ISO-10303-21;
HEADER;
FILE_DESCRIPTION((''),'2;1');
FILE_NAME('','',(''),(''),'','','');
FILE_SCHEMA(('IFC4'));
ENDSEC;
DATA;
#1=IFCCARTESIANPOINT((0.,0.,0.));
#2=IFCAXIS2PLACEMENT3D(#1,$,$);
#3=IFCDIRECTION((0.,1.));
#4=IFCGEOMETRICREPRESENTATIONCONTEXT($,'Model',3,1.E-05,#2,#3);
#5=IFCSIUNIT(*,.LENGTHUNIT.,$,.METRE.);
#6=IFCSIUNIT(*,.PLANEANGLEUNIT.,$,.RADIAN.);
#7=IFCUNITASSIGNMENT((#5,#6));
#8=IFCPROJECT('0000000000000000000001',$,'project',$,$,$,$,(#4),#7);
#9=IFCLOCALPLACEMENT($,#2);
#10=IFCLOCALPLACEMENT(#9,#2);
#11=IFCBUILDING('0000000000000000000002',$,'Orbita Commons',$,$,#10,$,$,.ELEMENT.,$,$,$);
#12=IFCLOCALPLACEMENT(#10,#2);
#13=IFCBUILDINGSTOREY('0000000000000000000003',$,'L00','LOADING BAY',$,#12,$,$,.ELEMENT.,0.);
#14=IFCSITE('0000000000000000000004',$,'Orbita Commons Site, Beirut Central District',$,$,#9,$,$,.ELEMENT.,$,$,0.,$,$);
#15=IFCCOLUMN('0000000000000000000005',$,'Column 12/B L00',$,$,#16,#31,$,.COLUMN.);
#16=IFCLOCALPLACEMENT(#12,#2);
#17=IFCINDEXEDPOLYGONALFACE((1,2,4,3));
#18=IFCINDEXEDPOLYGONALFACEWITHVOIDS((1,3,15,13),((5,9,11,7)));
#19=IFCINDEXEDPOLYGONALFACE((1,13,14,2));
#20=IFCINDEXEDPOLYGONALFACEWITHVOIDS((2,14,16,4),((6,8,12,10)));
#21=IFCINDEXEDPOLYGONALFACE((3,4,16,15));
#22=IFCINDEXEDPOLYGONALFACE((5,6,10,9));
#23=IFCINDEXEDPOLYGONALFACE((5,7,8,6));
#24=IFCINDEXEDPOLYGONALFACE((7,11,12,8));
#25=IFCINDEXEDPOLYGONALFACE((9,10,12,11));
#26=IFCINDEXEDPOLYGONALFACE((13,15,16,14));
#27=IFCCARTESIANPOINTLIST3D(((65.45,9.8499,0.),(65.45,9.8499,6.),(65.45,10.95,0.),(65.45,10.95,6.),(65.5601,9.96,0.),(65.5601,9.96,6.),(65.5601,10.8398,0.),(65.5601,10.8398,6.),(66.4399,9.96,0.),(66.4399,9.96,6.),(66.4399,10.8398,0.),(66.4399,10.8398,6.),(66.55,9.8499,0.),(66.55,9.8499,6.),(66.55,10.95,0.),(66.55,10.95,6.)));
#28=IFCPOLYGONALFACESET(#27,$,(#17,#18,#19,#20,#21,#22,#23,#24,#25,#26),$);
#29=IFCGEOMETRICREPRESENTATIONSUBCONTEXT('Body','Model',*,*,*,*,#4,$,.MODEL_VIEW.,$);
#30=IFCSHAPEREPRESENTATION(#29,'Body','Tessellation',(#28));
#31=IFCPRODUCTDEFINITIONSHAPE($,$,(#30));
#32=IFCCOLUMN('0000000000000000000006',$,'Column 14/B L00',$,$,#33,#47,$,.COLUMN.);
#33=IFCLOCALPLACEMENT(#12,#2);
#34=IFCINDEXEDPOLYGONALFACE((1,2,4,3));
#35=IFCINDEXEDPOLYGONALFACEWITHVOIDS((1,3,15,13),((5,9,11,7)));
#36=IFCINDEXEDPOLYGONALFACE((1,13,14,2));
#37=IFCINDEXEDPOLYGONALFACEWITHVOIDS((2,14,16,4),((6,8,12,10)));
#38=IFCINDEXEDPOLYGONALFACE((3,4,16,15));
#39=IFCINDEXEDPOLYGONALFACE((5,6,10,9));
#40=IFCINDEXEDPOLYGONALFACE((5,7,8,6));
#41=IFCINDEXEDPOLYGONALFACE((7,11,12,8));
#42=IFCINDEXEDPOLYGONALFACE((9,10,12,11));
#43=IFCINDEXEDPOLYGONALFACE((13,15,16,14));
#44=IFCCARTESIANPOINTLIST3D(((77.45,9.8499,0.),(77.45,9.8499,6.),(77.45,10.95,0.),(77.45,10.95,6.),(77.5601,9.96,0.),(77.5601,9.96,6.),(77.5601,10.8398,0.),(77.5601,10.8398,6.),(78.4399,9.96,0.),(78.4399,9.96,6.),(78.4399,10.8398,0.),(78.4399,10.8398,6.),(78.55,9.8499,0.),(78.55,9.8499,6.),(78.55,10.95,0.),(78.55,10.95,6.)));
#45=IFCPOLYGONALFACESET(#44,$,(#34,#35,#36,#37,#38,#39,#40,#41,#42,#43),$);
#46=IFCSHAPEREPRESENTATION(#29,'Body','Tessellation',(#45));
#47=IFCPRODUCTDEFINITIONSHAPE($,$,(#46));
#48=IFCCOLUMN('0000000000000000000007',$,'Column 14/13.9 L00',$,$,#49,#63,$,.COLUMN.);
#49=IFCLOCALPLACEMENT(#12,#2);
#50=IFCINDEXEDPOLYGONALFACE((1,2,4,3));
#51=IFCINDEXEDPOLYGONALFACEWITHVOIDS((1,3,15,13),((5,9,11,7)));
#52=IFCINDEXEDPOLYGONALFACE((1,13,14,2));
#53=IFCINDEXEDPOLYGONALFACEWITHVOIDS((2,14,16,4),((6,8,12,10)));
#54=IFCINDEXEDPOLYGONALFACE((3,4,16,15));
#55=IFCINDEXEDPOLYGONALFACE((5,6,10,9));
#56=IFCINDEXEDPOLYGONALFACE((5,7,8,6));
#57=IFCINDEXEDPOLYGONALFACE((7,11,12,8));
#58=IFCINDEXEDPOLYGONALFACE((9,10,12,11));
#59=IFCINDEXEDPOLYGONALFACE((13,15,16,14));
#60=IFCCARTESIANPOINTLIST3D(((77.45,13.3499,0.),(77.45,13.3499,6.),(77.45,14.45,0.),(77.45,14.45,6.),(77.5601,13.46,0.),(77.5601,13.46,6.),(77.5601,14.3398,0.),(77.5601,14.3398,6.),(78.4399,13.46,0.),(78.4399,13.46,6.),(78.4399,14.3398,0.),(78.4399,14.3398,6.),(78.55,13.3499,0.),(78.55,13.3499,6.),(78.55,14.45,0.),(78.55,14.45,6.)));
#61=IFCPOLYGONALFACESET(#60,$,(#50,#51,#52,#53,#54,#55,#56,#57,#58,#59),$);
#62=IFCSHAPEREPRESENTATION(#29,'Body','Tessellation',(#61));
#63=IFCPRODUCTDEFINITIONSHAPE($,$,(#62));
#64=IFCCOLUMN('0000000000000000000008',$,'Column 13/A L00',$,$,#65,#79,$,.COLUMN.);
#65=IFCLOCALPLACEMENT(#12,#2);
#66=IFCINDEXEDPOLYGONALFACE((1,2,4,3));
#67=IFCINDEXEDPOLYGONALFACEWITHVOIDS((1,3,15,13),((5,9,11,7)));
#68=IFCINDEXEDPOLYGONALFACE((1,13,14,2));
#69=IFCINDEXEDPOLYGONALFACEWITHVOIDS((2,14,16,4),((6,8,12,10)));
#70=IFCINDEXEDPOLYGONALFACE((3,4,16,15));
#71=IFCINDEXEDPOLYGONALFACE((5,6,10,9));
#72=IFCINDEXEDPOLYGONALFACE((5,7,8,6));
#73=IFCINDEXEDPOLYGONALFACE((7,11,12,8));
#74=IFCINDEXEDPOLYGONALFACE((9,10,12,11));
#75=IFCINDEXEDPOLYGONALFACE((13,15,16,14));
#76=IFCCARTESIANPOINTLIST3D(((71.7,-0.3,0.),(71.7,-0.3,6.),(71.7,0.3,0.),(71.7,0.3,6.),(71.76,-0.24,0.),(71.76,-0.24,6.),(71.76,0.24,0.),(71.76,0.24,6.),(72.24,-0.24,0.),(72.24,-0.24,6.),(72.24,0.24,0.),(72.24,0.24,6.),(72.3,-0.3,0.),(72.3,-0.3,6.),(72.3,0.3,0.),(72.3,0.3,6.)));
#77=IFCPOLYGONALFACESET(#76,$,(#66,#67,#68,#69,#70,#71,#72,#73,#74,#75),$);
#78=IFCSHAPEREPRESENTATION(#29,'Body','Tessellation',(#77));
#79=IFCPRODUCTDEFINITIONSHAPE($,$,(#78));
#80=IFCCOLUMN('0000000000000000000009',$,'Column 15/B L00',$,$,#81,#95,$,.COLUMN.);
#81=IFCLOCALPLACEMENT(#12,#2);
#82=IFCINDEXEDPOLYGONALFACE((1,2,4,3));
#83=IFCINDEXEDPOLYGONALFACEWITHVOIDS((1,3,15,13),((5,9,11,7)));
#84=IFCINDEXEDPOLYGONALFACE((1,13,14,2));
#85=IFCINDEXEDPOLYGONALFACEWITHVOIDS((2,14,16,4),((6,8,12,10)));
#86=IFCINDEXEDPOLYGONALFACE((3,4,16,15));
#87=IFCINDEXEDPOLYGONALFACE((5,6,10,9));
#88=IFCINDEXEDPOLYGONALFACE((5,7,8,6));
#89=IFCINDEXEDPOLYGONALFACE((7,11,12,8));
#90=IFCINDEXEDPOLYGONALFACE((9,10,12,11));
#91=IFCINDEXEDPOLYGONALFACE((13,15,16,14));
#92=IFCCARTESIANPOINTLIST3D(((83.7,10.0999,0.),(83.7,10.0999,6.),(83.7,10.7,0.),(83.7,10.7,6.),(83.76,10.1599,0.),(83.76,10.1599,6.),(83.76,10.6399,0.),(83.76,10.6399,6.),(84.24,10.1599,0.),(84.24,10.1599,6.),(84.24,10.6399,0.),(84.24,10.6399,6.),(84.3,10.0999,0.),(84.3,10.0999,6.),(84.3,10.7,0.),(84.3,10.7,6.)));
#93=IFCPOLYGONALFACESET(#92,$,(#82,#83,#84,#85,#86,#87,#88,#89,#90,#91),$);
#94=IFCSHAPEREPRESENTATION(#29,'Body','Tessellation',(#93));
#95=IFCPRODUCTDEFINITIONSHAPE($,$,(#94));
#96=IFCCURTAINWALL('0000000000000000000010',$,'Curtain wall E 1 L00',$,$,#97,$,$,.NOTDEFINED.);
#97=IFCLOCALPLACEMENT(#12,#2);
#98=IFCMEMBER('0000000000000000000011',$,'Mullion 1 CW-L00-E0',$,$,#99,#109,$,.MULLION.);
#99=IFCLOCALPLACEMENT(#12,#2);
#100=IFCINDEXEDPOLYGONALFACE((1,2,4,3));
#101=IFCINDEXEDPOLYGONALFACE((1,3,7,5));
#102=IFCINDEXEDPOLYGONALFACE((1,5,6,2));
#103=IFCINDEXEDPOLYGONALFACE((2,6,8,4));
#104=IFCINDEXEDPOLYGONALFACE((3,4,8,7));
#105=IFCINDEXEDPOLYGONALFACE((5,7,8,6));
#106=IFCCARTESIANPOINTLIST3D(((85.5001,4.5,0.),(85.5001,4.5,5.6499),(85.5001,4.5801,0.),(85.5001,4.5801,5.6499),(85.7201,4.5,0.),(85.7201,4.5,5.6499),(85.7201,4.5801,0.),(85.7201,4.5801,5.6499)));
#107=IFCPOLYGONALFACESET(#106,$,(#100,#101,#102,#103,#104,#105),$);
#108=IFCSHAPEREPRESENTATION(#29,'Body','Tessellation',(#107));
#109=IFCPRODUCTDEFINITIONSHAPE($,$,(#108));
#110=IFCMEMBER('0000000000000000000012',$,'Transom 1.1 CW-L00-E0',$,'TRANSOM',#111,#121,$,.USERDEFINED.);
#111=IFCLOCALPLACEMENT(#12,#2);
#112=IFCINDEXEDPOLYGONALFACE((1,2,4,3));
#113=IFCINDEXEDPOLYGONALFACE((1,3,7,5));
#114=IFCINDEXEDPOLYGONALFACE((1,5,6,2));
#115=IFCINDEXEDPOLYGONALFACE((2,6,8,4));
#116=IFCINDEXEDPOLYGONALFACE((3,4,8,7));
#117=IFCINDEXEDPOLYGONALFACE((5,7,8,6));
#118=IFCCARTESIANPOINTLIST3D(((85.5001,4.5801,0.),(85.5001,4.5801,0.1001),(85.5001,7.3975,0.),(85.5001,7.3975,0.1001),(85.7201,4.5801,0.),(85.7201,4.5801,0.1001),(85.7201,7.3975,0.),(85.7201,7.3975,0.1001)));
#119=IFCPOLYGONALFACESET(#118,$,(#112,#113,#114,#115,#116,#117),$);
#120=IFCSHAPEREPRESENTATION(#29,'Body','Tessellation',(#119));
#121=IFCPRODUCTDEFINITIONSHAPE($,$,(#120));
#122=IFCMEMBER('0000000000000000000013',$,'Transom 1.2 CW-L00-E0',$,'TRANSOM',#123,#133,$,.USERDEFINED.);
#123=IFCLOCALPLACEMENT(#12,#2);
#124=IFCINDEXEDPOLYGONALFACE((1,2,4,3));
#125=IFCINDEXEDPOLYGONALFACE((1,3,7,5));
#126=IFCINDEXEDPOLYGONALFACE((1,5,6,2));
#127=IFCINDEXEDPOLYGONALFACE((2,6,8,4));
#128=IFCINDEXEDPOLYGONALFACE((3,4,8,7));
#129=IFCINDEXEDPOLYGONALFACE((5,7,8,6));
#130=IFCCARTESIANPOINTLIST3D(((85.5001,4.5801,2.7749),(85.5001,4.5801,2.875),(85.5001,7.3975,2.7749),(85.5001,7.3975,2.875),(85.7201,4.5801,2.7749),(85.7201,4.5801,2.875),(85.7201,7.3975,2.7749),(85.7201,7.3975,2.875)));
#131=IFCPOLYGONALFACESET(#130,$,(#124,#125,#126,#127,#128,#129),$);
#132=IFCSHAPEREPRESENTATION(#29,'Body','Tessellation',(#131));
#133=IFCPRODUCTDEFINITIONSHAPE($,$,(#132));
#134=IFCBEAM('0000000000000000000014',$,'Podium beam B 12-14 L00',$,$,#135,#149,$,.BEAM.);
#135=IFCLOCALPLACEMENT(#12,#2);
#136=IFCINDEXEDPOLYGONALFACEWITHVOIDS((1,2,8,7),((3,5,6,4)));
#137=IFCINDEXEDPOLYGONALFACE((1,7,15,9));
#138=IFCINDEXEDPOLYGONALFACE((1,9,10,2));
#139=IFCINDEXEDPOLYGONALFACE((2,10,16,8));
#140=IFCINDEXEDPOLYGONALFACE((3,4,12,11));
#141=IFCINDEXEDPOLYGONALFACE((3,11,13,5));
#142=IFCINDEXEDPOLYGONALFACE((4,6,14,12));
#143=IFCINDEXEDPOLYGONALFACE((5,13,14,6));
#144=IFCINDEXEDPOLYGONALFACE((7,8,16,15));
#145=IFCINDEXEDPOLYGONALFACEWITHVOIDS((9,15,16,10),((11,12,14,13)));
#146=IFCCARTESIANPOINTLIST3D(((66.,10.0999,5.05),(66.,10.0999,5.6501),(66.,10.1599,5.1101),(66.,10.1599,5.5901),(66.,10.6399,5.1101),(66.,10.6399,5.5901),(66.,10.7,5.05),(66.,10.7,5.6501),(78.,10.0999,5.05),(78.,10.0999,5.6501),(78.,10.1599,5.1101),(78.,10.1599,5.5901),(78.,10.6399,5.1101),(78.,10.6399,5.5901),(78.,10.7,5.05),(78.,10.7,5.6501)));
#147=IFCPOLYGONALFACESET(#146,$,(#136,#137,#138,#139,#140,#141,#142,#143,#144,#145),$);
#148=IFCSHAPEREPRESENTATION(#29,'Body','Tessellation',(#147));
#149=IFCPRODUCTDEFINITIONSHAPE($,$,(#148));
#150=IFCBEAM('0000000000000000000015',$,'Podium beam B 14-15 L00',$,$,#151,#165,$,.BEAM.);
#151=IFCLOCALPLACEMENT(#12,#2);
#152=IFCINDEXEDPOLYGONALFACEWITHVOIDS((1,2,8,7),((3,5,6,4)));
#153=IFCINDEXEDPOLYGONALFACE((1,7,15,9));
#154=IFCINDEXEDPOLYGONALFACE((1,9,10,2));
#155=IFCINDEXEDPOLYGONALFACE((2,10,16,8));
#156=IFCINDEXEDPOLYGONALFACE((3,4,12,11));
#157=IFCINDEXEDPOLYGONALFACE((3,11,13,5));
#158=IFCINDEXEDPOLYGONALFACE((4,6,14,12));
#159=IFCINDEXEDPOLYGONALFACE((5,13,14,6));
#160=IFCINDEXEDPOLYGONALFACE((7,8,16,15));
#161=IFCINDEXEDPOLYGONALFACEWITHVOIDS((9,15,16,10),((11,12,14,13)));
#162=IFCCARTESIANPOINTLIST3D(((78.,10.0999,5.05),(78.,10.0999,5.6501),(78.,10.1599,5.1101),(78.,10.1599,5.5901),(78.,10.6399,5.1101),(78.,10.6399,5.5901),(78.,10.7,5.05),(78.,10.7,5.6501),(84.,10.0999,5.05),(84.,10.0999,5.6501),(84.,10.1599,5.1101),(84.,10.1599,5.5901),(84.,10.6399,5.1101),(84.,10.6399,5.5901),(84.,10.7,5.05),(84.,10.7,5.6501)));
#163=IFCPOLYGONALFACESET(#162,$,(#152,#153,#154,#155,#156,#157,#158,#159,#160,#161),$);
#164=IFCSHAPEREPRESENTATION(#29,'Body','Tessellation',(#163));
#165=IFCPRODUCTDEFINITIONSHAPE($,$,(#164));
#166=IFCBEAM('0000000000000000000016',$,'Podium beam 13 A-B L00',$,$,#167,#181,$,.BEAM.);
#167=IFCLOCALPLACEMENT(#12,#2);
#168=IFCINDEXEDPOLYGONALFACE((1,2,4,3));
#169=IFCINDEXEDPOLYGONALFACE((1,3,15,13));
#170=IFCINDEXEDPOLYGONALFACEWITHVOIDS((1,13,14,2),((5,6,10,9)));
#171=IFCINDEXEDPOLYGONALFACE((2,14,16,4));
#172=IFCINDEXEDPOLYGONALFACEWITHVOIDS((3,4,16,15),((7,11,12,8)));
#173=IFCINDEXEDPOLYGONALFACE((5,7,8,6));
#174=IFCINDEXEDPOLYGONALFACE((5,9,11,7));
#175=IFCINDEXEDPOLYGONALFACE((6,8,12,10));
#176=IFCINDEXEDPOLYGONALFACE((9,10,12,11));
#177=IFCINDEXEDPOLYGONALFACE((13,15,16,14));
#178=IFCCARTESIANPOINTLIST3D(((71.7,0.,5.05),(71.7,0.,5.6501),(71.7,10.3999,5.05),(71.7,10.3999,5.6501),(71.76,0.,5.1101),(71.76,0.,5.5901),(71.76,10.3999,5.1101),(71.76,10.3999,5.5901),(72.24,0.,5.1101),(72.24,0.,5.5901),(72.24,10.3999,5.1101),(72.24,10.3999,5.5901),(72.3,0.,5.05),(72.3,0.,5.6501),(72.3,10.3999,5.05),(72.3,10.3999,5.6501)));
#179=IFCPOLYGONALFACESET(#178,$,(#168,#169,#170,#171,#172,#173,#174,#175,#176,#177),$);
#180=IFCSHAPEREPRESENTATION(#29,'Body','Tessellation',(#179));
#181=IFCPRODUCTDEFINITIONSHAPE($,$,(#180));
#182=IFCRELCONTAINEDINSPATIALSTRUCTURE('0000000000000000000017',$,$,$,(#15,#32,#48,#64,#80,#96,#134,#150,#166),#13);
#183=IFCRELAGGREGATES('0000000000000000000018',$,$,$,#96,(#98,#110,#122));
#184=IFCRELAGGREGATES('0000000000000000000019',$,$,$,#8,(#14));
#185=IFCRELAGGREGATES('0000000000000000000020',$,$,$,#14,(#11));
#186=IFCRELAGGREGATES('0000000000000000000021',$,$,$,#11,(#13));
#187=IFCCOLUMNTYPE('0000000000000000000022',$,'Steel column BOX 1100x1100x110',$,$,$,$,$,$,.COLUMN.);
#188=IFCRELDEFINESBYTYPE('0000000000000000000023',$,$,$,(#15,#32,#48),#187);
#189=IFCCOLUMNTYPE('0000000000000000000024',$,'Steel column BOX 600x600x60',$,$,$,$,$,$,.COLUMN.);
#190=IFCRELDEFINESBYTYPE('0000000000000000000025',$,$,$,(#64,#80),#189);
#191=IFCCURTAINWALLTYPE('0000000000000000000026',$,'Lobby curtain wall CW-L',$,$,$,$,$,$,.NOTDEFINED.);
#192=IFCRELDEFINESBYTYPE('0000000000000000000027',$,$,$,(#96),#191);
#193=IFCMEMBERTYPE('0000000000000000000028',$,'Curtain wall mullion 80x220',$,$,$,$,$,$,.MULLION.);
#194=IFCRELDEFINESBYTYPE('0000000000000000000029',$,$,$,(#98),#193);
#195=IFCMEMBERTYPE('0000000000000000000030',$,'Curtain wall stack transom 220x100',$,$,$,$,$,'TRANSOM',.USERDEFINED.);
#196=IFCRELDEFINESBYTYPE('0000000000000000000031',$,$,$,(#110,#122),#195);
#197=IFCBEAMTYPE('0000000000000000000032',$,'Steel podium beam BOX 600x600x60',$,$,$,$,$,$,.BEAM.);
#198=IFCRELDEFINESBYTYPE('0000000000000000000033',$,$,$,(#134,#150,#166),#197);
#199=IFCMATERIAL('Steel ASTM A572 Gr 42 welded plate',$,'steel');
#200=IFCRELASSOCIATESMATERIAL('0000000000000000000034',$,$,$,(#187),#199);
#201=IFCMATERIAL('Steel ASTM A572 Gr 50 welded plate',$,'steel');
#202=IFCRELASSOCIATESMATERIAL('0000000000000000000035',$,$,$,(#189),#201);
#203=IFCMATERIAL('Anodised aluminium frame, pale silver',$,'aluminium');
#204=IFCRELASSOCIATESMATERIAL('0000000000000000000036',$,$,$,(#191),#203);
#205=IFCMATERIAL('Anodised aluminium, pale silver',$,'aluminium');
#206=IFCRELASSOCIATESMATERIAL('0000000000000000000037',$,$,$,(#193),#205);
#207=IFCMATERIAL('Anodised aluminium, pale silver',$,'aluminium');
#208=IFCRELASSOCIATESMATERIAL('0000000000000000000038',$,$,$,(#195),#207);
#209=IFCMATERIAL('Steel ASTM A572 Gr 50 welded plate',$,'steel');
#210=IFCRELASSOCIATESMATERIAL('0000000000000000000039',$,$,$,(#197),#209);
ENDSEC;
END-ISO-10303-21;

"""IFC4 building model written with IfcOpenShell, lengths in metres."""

from ifc_helpers import new_model, si_unit, direction, frame, origin, origin_2d, place, context, subcontext, project, spatial, rectangle, hollow_rectangle, extrude, material, material_profile, profile_set, type_object, element, aggregate, save


model = new_model("IFC4")

# Units and contexts
model_context = context("Model", 3, precision=1e-05, world=origin(), true_north=direction((0.0, 1.0)))
body_context = subcontext(model_context, "Body", "Model", "MODEL_VIEW")
ifc_project = project(units=[si_unit("LENGTHUNIT", "METRE"), si_unit("PLANEANGLEUNIT", "RADIAN")], contexts=[model_context])

# Site, building, storey
site_placement = place(None, origin())
site = spatial("IfcSite", under=ifc_project, at=site_placement, Name="Orbita Commons Site, Beirut Central District", CompositionType="ELEMENT", RefElevation=0.0)
building_placement = place(site_placement, origin())
building = spatial("IfcBuilding", under=site, at=building_placement, Name="Orbita Commons", CompositionType="ELEMENT")
storey_placement = place(building_placement, origin())
storey = spatial("IfcBuildingStorey", under=building, at=storey_placement, Name="L00", Description="LOADING BAY", CompositionType="ELEMENT", Elevation=0.0)

# Columns
ifc_material_1 = material(Name="Steel ASTM A572 Gr 42 welded plate", Category="steel")
ifc_material_profile_1 = material_profile(ifc_material_1, hollow_rectangle(XDim=1.1001, YDim=1.1001, WallThickness=0.1101, at=origin_2d()), Name="BOX 1100x1100x110")
ifc_profile_set_1 = profile_set([ifc_material_profile_1], Name="Steel ASTM A572 Gr 42 welded plate")
column_type_1 = type_object("IfcColumnType", Name="Steel column BOX 1100x1100x110", PredefinedType="COLUMN", material=ifc_profile_set_1)
for number, where, z_axis, x_axis, name in (
    (1, (66.0, 10.3999, 0.0), (0.0, 0.0, 1.0), (1.0, 0.0, 0.0), "Column 12/B L00"),
    (2, (78.0, 10.3999, 0.0), (0.0, 0.0, 1.0), (1.0, 0.0, 0.0), "Column 14/B L00"),
    (3, (78.0, 13.8999, 0.0), (0.0, 0.0, 1.0), (1.0, 0.0, 0.0), "Column 14/13.9 L00"),
):
    element("IfcColumn", number, at=place(storey_placement, frame(where, z_axis=z_axis, x_axis=x_axis)), inside=storey, type_object=column_type_1, Name=name, PredefinedType="COLUMN", context=body_context, shape_type="SweptSolid", body=[
        extrude(hollow_rectangle(XDim=1.1001, YDim=1.1001, WallThickness=0.1101, at=origin_2d()), origin(), (0.0, 0.0, 1.0), 6.0),
    ])
ifc_material_2 = material(Name="Steel ASTM A572 Gr 50 welded plate", Category="steel")
ifc_material_profile_2 = material_profile(ifc_material_2, hollow_rectangle(XDim=0.6001, YDim=0.6001, WallThickness=0.0601, at=origin_2d()), Name="BOX 600x600x60")
ifc_profile_set_2 = profile_set([ifc_material_profile_2], Name="Steel ASTM A572 Gr 50 welded plate")
column_type_2 = type_object("IfcColumnType", Name="Steel column BOX 600x600x60", PredefinedType="COLUMN", material=ifc_profile_set_2)
for number, where, z_axis, x_axis, name in (
    (4, (72.0, 0.0, 0.0), (0.0, 0.0, 1.0), (1.0, 0.0, 0.0), "Column 13/A L00"),
    (5, (84.0, 10.3999, 0.0), (0.0, 0.0, 1.0), (1.0, 0.0, 0.0), "Column 15/B L00"),
):
    element("IfcColumn", number, at=place(storey_placement, frame(where, z_axis=z_axis, x_axis=x_axis)), inside=storey, type_object=column_type_2, Name=name, PredefinedType="COLUMN", context=body_context, shape_type="SweptSolid", body=[
        extrude(hollow_rectangle(XDim=0.6001, YDim=0.6001, WallThickness=0.0601, at=origin_2d()), origin(), (0.0, 0.0, 1.0), 6.0),
    ])

# Curtain wall, members
ifc_material_3 = material(Name="Anodised aluminium frame, pale silver", Category="aluminium")
curtain_wall_type = type_object("IfcCurtainWallType", Name="Lobby curtain wall CW-L", PredefinedType="NOTDEFINED", material=ifc_material_3)
curtain_wall_placement = place(storey_placement, origin())
curtain_wall = element("IfcCurtainWall", 6, at=curtain_wall_placement, inside=storey, type_object=curtain_wall_type, Name="Curtain wall E 1 L00", PredefinedType="NOTDEFINED")
ifc_material_4 = material(Name="Anodised aluminium, pale silver", Category="aluminium")
ifc_material_profile_3 = material_profile(ifc_material_4, rectangle(XDim=0.0801, YDim=0.22, at=origin_2d()), Name="AL 80x220")
ifc_profile_set_3 = profile_set([ifc_material_profile_3], Name="Anodised aluminium, pale silver")
member_type_1 = type_object("IfcMemberType", Name="Curtain wall mullion 80x220", PredefinedType="MULLION", material=ifc_profile_set_3)
member_1_placement = place(storey_placement, frame((85.6101, 4.54, 0.0), z_axis=(0.0, 0.0, 1.0), x_axis=(0.0, 1.0, 0.0)))
member_1 = element("IfcMember", 7, at=member_1_placement, type_object=member_type_1, Name="Mullion 1 CW-L00-E0", PredefinedType="MULLION", context=body_context, shape_type="SweptSolid", body=[
    extrude(rectangle(XDim=0.0801, YDim=0.22, at=origin_2d()), origin(), (0.0, 0.0, 1.0), 5.6499),
])
ifc_material_5 = material(Name="Anodised aluminium, pale silver", Category="aluminium")
ifc_material_profile_4 = material_profile(ifc_material_5, rectangle(XDim=0.22, YDim=0.1001, at=origin_2d()), Name="AL 220x100")
ifc_profile_set_4 = profile_set([ifc_material_profile_4], Name="Anodised aluminium, pale silver")
member_type_2 = type_object("IfcMemberType", Name="Curtain wall stack transom 220x100", ElementType="TRANSOM", PredefinedType="USERDEFINED", material=ifc_profile_set_4)
member_2_placement = place(storey_placement, frame((85.6101, 4.5801, 0.05), z_axis=(0.0, 1.0, 0.0), x_axis=(-1.0, 0.0, 0.0)))
member_2 = element("IfcMember", 8, at=member_2_placement, type_object=member_type_2, Name="Transom 1.1 CW-L00-E0", ObjectType="TRANSOM", PredefinedType="USERDEFINED", context=body_context, shape_type="SweptSolid", body=[
    extrude(rectangle(XDim=0.22, YDim=0.1001, at=origin_2d()), origin(), (0.0, 0.0, 1.0), 2.8174),
])
member_3_placement = place(storey_placement, frame((85.6101, 4.5801, 2.825), z_axis=(0.0, 1.0, 0.0), x_axis=(-1.0, 0.0, 0.0)))
member_3 = element("IfcMember", 9, at=member_3_placement, type_object=member_type_2, Name="Transom 1.2 CW-L00-E0", ObjectType="TRANSOM", PredefinedType="USERDEFINED", context=body_context, shape_type="SweptSolid", body=[
    extrude(rectangle(XDim=0.22, YDim=0.1001, at=origin_2d()), origin(), (0.0, 0.0, 1.0), 2.8174),
])

# Beams
ifc_material_6 = material(Name="Steel ASTM A572 Gr 50 welded plate", Category="steel")
ifc_material_profile_5 = material_profile(ifc_material_6, hollow_rectangle(XDim=0.6001, YDim=0.6001, WallThickness=0.0601, at=origin_2d()), Name="BOX 600x600x60")
ifc_profile_set_5 = profile_set([ifc_material_profile_5], Name="Steel ASTM A572 Gr 50 welded plate")
beam_type = type_object("IfcBeamType", Name="Steel podium beam BOX 600x600x60", PredefinedType="BEAM", material=ifc_profile_set_5)
beam_1_placement = place(storey_placement, frame((66.0, 10.3999, 5.3501), z_axis=(1.0, 0.0, 0.0), x_axis=(0.0, 1.0, 0.0)))
element("IfcBeam", 10, at=beam_1_placement, inside=storey, type_object=beam_type, Name="Podium beam B 12-14 L00", PredefinedType="BEAM", context=body_context, shape_type="SweptSolid", body=[
    extrude(hollow_rectangle(XDim=0.6001, YDim=0.6001, WallThickness=0.0601, at=origin_2d()), origin(), (0.0, 0.0, 1.0), 12.0),
])
beam_2_placement = place(storey_placement, frame((78.0, 10.3999, 5.3501), z_axis=(1.0, 0.0, 0.0), x_axis=(0.0, 1.0, 0.0)))
element("IfcBeam", 11, at=beam_2_placement, inside=storey, type_object=beam_type, Name="Podium beam B 14-15 L00", PredefinedType="BEAM", context=body_context, shape_type="SweptSolid", body=[
    extrude(hollow_rectangle(XDim=0.6001, YDim=0.6001, WallThickness=0.0601, at=origin_2d()), origin(), (0.0, 0.0, 1.0), 6.0),
])
beam_3_placement = place(storey_placement, frame((72.0, 0.0, 5.3501), z_axis=(0.0, 1.0, 0.0), x_axis=(-1.0, 0.0, 0.0)))
element("IfcBeam", 12, at=beam_3_placement, inside=storey, type_object=beam_type, Name="Podium beam 13 A-B L00", PredefinedType="BEAM", context=body_context, shape_type="SweptSolid", body=[
    extrude(hollow_rectangle(XDim=0.6001, YDim=0.6001, WallThickness=0.0601, at=origin_2d()), origin(), (0.0, 0.0, 1.0), 10.3999),
])

aggregate(curtain_wall, [member_1, member_2, member_3])

save(model, "model.ifc")
